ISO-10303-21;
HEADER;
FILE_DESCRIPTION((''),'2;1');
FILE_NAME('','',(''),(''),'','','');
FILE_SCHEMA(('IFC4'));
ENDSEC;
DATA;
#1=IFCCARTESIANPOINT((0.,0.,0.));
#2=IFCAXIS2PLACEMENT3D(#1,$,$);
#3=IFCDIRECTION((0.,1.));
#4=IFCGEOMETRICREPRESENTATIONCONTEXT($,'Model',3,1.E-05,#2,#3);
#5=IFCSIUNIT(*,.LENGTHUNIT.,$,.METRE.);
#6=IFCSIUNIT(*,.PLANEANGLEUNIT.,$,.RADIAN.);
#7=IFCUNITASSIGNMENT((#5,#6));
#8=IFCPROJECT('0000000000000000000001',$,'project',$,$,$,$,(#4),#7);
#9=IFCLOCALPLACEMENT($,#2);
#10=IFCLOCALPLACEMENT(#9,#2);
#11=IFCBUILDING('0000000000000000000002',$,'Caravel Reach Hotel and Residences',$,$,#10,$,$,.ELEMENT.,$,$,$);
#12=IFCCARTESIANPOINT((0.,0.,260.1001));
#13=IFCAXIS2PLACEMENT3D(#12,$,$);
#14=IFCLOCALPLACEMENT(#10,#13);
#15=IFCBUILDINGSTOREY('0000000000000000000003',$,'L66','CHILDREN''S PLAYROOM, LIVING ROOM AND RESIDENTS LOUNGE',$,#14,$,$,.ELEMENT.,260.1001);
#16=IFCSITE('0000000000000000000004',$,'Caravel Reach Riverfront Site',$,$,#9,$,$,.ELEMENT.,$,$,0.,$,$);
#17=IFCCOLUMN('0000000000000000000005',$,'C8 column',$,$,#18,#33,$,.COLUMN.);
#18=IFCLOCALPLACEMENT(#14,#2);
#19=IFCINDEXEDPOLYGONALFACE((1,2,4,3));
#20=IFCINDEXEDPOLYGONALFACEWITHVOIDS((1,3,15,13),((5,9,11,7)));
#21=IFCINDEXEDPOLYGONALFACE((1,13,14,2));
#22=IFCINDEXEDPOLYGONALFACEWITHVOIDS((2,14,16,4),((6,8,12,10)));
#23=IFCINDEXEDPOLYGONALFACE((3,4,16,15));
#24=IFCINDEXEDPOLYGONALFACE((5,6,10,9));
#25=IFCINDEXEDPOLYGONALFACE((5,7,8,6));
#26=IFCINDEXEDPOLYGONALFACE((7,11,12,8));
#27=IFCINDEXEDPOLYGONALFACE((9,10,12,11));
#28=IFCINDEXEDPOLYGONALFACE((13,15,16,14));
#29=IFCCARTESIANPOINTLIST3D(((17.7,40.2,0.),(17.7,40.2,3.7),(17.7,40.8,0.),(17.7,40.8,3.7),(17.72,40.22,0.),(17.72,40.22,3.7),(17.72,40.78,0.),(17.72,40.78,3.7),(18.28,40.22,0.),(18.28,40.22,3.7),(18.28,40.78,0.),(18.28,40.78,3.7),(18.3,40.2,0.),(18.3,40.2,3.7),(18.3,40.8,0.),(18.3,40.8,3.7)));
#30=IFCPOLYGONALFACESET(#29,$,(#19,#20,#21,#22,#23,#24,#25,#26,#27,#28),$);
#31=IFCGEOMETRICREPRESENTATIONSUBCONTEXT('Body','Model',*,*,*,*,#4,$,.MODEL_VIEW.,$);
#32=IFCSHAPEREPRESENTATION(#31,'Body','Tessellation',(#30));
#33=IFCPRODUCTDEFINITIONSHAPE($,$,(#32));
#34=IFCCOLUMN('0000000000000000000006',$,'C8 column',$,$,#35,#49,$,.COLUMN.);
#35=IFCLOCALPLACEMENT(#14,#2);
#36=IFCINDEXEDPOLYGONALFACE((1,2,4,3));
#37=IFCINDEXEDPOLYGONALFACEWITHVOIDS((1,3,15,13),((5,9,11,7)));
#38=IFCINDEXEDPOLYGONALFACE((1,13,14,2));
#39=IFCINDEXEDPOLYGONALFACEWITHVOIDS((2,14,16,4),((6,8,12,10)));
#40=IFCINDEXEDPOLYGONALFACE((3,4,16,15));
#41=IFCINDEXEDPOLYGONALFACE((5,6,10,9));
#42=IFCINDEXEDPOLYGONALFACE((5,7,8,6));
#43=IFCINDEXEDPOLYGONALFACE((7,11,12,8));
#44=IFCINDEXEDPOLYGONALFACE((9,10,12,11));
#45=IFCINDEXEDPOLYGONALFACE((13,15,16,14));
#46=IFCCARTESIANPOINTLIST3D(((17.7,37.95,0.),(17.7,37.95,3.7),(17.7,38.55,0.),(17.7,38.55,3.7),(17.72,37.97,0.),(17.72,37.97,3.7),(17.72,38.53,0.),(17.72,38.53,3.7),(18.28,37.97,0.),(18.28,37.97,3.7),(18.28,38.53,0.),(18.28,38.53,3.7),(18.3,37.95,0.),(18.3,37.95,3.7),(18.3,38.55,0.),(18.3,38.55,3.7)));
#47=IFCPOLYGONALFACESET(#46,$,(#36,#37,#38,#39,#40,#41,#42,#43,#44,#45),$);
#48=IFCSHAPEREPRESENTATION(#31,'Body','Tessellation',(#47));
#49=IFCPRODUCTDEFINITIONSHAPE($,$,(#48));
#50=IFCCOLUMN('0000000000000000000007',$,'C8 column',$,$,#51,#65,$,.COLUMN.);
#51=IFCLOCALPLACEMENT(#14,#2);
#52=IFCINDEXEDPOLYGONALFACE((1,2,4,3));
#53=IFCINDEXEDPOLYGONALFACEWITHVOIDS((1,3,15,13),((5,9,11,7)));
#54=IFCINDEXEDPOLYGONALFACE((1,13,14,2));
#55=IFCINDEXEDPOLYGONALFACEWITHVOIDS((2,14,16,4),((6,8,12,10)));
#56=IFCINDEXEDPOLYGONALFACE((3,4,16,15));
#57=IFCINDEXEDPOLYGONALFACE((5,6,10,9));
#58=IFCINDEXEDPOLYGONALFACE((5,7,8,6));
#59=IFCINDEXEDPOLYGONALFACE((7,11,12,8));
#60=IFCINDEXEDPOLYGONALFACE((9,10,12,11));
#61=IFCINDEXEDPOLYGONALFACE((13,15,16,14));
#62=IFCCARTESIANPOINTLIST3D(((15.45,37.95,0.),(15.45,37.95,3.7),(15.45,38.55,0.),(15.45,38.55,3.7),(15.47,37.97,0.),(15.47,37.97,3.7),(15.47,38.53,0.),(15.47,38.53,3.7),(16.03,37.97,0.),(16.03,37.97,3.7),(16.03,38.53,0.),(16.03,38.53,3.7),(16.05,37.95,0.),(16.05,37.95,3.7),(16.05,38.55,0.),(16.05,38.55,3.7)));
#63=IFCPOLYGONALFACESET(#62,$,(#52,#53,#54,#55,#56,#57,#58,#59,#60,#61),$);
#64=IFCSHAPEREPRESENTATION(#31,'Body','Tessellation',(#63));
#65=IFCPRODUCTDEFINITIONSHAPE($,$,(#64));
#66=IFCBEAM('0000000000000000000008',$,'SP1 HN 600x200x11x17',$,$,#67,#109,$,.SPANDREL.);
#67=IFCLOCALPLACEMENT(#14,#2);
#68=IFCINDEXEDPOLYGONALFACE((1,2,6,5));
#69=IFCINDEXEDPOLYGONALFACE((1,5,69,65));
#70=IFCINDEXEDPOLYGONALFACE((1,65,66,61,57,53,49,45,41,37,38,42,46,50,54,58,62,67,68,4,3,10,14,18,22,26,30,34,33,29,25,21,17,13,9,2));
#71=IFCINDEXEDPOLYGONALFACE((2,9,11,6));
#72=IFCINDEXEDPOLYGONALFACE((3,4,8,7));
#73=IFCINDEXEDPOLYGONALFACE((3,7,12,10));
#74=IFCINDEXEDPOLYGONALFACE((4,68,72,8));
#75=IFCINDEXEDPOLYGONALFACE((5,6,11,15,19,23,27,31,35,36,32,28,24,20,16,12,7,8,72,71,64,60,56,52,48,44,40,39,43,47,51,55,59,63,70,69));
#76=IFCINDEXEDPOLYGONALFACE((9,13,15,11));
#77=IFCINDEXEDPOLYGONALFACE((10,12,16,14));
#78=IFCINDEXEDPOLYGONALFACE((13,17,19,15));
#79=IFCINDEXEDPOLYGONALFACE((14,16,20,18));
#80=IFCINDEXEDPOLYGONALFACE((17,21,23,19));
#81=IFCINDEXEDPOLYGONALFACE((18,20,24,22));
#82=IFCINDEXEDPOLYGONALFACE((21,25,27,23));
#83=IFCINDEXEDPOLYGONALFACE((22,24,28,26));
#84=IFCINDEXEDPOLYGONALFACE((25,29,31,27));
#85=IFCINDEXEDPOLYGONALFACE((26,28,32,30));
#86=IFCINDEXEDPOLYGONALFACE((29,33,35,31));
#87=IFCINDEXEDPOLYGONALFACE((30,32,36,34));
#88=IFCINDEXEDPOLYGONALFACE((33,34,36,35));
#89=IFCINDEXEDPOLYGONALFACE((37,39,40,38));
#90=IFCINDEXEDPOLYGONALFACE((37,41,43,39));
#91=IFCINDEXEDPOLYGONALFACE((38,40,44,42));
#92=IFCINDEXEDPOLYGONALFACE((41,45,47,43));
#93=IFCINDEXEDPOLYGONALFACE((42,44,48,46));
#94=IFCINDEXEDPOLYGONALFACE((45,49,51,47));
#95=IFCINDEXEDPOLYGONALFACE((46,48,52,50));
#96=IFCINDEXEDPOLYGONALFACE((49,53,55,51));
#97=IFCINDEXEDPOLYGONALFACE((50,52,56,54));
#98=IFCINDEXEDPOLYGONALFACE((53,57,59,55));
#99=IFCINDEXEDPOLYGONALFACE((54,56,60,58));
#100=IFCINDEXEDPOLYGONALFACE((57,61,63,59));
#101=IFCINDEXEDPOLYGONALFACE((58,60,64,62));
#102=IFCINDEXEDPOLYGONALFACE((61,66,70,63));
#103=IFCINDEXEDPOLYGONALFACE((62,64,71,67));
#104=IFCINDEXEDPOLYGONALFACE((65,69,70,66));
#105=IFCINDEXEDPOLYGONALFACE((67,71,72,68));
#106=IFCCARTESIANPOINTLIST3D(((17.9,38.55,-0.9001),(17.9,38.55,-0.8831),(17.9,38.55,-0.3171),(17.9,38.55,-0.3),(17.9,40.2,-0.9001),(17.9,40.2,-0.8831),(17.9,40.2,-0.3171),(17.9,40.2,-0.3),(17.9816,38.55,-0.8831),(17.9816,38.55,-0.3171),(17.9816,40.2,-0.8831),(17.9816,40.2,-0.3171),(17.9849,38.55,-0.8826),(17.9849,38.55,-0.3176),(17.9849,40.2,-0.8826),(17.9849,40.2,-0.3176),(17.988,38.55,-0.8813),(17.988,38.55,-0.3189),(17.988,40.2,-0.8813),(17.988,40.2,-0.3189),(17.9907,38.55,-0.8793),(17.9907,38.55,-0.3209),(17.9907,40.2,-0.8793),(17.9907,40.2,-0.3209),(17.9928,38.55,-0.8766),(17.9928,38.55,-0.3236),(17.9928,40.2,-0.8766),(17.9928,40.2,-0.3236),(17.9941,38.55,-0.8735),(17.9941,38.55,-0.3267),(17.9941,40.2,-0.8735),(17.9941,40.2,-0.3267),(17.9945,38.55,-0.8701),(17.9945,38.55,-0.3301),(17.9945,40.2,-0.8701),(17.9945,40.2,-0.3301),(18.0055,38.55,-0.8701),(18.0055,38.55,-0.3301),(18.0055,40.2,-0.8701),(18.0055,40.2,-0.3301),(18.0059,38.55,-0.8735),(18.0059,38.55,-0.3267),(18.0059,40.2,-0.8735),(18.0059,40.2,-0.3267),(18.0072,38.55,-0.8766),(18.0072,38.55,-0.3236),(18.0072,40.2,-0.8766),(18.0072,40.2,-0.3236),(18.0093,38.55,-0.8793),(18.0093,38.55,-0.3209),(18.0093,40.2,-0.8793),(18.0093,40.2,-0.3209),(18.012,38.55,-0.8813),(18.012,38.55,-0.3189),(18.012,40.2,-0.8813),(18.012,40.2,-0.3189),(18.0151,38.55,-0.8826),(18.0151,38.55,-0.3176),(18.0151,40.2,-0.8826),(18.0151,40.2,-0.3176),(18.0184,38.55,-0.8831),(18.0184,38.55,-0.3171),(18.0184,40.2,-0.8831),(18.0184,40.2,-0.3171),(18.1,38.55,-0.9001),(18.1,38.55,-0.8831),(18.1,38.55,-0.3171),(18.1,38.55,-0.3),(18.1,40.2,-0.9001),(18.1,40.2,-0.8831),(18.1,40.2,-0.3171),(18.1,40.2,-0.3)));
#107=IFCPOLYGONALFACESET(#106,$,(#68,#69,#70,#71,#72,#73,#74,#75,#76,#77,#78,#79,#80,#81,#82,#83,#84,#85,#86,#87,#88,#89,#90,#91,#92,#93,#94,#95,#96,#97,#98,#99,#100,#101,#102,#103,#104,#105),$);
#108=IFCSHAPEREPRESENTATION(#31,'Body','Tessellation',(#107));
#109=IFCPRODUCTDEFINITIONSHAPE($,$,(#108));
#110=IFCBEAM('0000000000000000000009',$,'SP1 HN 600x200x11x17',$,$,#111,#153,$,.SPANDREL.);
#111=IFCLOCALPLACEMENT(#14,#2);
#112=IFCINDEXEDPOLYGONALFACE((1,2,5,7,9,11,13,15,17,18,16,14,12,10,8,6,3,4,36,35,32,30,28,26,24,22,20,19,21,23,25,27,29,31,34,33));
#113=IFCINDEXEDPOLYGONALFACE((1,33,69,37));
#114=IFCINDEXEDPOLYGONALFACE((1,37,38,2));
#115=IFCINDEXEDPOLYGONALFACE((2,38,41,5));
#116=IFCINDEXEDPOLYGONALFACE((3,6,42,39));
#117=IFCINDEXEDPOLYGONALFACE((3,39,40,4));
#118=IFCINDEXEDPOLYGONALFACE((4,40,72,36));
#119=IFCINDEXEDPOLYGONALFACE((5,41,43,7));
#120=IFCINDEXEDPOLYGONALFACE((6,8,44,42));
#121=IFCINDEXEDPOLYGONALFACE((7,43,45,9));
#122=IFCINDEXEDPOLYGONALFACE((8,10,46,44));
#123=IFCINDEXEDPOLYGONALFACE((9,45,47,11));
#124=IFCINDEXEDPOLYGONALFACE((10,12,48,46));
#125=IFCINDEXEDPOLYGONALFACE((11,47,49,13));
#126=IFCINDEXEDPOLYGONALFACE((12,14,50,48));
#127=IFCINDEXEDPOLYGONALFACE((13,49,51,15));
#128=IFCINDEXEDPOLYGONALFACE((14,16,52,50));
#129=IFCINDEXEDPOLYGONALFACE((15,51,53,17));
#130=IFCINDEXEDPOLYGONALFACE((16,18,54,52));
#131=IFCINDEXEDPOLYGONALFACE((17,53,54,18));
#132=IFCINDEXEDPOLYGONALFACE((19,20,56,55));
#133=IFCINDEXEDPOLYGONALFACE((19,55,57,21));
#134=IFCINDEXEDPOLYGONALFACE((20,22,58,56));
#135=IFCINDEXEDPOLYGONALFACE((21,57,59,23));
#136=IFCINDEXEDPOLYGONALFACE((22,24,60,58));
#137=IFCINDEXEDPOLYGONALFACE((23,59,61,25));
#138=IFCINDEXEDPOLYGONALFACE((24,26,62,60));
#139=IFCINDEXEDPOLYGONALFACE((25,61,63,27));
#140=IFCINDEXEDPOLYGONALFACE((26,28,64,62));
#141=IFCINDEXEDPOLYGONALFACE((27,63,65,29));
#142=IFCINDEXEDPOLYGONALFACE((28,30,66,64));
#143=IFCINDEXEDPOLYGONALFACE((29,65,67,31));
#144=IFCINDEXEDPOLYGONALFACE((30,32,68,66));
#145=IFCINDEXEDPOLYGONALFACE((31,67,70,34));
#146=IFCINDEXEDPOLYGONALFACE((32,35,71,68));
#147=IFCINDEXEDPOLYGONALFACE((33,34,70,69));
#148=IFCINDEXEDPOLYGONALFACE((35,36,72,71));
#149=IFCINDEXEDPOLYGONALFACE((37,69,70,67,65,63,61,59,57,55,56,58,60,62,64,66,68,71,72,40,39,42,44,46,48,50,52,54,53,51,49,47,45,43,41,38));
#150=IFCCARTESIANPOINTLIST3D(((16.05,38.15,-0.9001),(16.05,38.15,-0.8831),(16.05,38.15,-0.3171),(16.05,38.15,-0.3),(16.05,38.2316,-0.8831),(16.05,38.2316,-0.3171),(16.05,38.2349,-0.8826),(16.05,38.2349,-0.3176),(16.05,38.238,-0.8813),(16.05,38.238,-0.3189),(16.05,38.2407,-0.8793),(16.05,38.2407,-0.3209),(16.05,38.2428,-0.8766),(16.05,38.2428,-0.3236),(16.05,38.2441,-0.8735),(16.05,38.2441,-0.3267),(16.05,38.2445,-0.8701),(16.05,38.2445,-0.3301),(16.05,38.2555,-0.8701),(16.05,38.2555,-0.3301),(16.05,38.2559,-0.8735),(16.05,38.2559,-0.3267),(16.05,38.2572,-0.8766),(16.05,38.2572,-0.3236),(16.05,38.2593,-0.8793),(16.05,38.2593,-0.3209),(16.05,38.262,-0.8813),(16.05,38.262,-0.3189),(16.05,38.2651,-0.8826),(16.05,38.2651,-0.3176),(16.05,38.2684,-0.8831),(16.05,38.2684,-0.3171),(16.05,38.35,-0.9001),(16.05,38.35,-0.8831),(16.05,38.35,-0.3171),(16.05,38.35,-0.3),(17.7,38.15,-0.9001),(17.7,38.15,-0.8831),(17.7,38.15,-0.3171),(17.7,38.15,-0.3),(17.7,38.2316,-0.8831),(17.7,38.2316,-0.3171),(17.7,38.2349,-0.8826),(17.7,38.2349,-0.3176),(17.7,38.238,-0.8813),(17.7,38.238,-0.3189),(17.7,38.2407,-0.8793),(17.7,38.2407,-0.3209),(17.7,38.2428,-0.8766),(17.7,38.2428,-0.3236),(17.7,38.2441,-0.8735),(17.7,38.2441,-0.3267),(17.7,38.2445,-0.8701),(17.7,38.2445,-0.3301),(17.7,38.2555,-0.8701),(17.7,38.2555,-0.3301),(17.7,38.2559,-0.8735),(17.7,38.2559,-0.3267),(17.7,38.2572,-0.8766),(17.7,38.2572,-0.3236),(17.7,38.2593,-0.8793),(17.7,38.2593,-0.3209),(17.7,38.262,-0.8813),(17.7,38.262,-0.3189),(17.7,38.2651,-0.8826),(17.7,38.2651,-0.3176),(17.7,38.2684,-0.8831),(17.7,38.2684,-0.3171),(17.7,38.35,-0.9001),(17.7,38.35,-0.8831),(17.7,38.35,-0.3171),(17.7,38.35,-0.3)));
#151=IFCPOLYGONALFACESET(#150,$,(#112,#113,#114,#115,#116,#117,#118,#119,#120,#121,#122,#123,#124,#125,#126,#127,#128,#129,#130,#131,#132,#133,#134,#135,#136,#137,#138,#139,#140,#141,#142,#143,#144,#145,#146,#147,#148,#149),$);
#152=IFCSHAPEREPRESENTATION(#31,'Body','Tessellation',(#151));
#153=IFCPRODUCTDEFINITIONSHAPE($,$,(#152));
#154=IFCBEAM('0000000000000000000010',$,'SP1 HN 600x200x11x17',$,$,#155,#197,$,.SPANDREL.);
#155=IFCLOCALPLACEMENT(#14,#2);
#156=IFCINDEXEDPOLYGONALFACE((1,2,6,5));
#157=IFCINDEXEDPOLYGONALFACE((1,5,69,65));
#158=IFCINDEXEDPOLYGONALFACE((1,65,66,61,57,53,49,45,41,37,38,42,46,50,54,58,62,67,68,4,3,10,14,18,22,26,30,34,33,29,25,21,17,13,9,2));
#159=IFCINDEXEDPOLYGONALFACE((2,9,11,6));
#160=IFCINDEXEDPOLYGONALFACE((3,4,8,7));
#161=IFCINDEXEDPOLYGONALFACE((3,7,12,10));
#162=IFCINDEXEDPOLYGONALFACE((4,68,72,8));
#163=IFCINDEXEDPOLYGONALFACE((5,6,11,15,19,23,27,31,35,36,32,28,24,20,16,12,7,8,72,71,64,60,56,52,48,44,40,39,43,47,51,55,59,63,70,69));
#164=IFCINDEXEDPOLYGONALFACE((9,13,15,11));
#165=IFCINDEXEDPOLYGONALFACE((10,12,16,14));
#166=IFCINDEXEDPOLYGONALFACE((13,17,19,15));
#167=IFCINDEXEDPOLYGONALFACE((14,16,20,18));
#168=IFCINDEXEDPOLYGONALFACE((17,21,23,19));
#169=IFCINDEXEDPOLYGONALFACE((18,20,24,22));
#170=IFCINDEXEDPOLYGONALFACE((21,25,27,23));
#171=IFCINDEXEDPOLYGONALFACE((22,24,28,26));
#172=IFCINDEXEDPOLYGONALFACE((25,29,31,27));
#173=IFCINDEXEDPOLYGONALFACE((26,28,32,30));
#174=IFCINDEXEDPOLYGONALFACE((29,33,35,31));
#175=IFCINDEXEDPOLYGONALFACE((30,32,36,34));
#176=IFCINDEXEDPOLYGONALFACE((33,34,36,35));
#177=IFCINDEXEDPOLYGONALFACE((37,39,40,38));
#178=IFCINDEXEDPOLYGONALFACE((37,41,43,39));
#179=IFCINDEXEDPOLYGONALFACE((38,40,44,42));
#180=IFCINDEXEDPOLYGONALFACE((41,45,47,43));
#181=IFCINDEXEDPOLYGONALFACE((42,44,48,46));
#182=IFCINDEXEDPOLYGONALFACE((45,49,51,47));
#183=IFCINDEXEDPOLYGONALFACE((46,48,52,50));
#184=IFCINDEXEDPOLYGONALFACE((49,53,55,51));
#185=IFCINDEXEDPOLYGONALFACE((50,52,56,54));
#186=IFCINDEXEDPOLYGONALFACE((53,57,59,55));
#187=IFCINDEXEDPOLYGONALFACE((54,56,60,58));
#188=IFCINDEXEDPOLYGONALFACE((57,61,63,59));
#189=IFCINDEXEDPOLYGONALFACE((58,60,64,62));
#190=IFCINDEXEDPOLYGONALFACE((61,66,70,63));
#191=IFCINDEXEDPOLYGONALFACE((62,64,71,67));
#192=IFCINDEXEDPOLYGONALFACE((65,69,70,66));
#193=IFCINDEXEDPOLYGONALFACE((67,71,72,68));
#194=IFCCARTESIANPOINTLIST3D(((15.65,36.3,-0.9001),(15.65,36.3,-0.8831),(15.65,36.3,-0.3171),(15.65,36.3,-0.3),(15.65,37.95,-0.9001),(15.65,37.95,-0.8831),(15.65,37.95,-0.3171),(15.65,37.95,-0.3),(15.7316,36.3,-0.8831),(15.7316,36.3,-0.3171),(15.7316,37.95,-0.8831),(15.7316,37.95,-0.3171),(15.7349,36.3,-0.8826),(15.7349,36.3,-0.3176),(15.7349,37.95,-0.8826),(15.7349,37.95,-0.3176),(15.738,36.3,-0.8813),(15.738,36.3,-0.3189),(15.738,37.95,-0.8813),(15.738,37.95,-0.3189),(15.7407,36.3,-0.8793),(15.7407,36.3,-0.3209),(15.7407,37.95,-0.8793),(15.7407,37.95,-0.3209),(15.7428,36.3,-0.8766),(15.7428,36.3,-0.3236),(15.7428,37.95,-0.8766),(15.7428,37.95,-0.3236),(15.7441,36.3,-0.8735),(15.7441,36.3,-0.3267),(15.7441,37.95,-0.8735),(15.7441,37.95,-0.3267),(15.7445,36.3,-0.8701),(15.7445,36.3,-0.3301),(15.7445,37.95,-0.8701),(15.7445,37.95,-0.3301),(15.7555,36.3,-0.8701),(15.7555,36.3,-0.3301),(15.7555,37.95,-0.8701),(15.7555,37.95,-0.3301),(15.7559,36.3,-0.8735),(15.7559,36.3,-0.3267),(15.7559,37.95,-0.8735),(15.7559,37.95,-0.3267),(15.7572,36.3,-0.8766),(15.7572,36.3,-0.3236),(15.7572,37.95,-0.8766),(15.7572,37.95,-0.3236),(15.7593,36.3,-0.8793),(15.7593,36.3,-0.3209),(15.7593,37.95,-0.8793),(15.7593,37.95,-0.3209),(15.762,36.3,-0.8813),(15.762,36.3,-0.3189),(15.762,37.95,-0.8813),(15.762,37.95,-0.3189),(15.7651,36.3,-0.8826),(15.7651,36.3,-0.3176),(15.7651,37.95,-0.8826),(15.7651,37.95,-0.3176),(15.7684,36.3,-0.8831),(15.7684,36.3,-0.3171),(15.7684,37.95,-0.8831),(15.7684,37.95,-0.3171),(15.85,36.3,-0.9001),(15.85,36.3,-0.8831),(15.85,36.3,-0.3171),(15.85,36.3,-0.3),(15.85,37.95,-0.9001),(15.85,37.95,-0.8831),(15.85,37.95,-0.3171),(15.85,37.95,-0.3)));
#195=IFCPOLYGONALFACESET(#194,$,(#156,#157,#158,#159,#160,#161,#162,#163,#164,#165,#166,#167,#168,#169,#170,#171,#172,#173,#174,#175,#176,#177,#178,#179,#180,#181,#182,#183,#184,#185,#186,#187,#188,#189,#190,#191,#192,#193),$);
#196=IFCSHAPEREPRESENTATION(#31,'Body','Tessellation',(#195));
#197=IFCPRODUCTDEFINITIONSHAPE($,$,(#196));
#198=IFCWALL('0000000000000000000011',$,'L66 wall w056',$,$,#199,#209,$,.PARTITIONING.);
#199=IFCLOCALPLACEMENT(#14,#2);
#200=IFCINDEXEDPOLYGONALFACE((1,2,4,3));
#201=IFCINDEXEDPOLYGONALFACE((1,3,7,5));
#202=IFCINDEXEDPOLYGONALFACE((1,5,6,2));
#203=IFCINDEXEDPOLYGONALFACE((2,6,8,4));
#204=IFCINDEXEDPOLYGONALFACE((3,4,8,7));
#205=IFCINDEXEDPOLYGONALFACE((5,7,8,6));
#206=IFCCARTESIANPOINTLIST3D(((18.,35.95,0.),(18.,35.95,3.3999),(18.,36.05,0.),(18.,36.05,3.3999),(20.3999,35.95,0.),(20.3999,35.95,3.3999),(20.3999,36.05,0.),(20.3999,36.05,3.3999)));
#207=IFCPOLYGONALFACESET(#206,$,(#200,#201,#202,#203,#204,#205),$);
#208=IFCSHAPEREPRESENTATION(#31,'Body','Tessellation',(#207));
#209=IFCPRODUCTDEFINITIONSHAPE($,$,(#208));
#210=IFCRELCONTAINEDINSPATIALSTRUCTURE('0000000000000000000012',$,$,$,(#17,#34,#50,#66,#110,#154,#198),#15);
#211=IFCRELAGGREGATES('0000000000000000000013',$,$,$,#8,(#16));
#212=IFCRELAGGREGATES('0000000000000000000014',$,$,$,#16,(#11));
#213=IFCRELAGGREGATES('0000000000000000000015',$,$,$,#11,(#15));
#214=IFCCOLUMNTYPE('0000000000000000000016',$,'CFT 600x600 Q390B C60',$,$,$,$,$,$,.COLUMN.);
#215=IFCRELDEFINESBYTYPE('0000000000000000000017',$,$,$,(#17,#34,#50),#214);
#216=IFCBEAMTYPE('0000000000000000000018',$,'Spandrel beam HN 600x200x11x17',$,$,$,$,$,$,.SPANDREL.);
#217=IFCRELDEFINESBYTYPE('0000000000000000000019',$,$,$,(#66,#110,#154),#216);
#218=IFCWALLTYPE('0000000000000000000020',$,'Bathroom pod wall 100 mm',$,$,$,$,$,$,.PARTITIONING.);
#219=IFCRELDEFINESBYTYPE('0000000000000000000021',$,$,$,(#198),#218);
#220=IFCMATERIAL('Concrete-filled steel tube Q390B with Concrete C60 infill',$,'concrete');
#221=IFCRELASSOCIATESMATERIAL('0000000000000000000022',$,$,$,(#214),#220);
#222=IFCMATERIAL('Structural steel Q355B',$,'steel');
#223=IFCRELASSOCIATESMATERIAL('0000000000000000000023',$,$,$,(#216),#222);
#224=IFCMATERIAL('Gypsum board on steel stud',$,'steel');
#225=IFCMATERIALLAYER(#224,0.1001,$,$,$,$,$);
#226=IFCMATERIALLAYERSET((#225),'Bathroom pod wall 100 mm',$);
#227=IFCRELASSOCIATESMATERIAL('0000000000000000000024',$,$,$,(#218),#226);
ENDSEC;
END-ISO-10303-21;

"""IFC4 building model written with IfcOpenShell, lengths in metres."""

from ifc_helpers import new_model, si_unit, direction, frame, frame_2d, origin, origin_2d, place, context, subcontext, project, spatial, rectangle, hollow_rectangle, i_section, extrude, material, layer, layer_set, material_profile, profile_set, type_object, element, save


model = new_model("IFC4")

# Units and contexts
model_context = context("Model", 3, precision=1e-05, world=origin(), true_north=direction((0.0, 1.0)))
body_context = subcontext(model_context, "Body", "Model", "MODEL_VIEW")
ifc_project = project(units=[si_unit("LENGTHUNIT", "METRE"), si_unit("PLANEANGLEUNIT", "RADIAN")], contexts=[model_context])

# Site, building, storey
site_placement = place(None, origin())
site = spatial("IfcSite", under=ifc_project, at=site_placement, Name="Caravel Reach Riverfront Site", CompositionType="ELEMENT", RefElevation=0.0)
building_placement = place(site_placement, origin())
building = spatial("IfcBuilding", under=site, at=building_placement, Name="Caravel Reach Hotel and Residences", CompositionType="ELEMENT")
storey_placement = place(building_placement, frame((0.0, 0.0, 260.1001)))
storey = spatial("IfcBuildingStorey", under=building, at=storey_placement, Name="L66", Description="CHILDREN'S PLAYROOM, LIVING ROOM AND RESIDENTS LOUNGE", CompositionType="ELEMENT", Elevation=260.1001)

# Columns
ifc_material_1 = material(Name="Concrete-filled steel tube Q390B with Concrete C60 infill", Category="concrete")
ifc_material_profile_1 = material_profile(ifc_material_1, hollow_rectangle(XDim=0.6001, YDim=0.6001, WallThickness=0.02, at=origin_2d()), Name="RHS 600x600x20")
ifc_profile_set_1 = profile_set([ifc_material_profile_1], Name="Concrete-filled steel tube Q390B with Concrete C60 infill")
column_type = type_object("IfcColumnType", Name="CFT 600x600 Q390B C60", PredefinedType="COLUMN", material=ifc_profile_set_1)
for number, where, z_axis, x_axis, name in (
    (1, (18.0, 40.5, 0.0), (0.0, 0.0, 1.0), (1.0, 0.0, 0.0), "C8 column"),
    (2, (18.0, 38.25, 0.0), (0.0, 0.0, 1.0), (1.0, 0.0, 0.0), "C8 column"),
    (3, (15.75, 38.25, 0.0), (0.0, 0.0, 1.0), (1.0, 0.0, 0.0), "C8 column"),
):
    element("IfcColumn", number, at=place(storey_placement, frame(where, z_axis=z_axis, x_axis=x_axis)), inside=storey, type_object=column_type, Name=name, PredefinedType="COLUMN", context=body_context, shape_type="SweptSolid", body=[
        extrude(hollow_rectangle(XDim=0.6001, YDim=0.6001, WallThickness=0.02, at=origin_2d()), origin(), (0.0, 0.0, 1.0), 3.7),
    ])

# Beams
ifc_material_2 = material(Name="Structural steel Q355B", Category="steel")
ifc_material_profile_2 = material_profile(ifc_material_2, i_section(OverallWidth=0.2, OverallDepth=0.6001, WebThickness=0.011, FlangeThickness=0.0171, FilletRadius=0.0129, at=origin_2d()), Name="HN 600x200x11x17")
ifc_profile_set_2 = profile_set([ifc_material_profile_2], Name="Structural steel Q355B")
beam_type = type_object("IfcBeamType", Name="Spandrel beam HN 600x200x11x17", PredefinedType="SPANDREL", material=ifc_profile_set_2)
for number, where, z_axis, x_axis, name in (
    (4, (18.0, 40.2, -0.6001), (0.0, -1.0, 0.0), (1.0, 0.0, 0.0), "SP1 HN 600x200x11x17"),
    (5, (17.7, 38.25, -0.6001), (-1.0, 0.0, 0.0), (0.0, -1.0, 0.0), "SP1 HN 600x200x11x17"),
    (6, (15.75, 37.95, -0.6001), (0.0, -1.0, 0.0), (1.0, 0.0, 0.0), "SP1 HN 600x200x11x17"),
):
    element("IfcBeam", number, at=place(storey_placement, frame(where, z_axis=z_axis, x_axis=x_axis)), inside=storey, type_object=beam_type, Name=name, PredefinedType="SPANDREL", context=body_context, shape_type="SweptSolid", body=[
        extrude(i_section(OverallWidth=0.2, OverallDepth=0.6001, WebThickness=0.011, FlangeThickness=0.0171, FilletRadius=0.0129, at=origin_2d()), origin(), (0.0, 0.0, 1.0), 1.6499),
    ])

# Wall
ifc_material_3 = material(Name="Gypsum board on steel stud", Category="steel")
ifc_layer_1 = layer(ifc_material_3, 0.1001)
ifc_layer_set_1 = layer_set([ifc_layer_1], Name="Bathroom pod wall 100 mm")
wall_type_1 = type_object("IfcWallType", Name="Bathroom pod wall 100 mm", PredefinedType="PARTITIONING", material=ifc_layer_set_1)
wall_1_placement = place(storey_placement, frame((18.0, 36.0, 0.0), z_axis=(0.0, 0.0, 1.0), x_axis=(1.0, 0.0, 0.0)))
element("IfcWall", 7, at=wall_1_placement, inside=storey, type_object=wall_type_1, Name="L66 wall w056", PredefinedType="PARTITIONING", context=body_context, shape_type="SweptSolid", body=[
    extrude(rectangle(XDim=2.3999, YDim=0.1001, at=frame_2d((1.2, 0.0))), origin(), (0.0, 0.0, 1.0), 3.3999),
])

save(model, "model.ifc")
